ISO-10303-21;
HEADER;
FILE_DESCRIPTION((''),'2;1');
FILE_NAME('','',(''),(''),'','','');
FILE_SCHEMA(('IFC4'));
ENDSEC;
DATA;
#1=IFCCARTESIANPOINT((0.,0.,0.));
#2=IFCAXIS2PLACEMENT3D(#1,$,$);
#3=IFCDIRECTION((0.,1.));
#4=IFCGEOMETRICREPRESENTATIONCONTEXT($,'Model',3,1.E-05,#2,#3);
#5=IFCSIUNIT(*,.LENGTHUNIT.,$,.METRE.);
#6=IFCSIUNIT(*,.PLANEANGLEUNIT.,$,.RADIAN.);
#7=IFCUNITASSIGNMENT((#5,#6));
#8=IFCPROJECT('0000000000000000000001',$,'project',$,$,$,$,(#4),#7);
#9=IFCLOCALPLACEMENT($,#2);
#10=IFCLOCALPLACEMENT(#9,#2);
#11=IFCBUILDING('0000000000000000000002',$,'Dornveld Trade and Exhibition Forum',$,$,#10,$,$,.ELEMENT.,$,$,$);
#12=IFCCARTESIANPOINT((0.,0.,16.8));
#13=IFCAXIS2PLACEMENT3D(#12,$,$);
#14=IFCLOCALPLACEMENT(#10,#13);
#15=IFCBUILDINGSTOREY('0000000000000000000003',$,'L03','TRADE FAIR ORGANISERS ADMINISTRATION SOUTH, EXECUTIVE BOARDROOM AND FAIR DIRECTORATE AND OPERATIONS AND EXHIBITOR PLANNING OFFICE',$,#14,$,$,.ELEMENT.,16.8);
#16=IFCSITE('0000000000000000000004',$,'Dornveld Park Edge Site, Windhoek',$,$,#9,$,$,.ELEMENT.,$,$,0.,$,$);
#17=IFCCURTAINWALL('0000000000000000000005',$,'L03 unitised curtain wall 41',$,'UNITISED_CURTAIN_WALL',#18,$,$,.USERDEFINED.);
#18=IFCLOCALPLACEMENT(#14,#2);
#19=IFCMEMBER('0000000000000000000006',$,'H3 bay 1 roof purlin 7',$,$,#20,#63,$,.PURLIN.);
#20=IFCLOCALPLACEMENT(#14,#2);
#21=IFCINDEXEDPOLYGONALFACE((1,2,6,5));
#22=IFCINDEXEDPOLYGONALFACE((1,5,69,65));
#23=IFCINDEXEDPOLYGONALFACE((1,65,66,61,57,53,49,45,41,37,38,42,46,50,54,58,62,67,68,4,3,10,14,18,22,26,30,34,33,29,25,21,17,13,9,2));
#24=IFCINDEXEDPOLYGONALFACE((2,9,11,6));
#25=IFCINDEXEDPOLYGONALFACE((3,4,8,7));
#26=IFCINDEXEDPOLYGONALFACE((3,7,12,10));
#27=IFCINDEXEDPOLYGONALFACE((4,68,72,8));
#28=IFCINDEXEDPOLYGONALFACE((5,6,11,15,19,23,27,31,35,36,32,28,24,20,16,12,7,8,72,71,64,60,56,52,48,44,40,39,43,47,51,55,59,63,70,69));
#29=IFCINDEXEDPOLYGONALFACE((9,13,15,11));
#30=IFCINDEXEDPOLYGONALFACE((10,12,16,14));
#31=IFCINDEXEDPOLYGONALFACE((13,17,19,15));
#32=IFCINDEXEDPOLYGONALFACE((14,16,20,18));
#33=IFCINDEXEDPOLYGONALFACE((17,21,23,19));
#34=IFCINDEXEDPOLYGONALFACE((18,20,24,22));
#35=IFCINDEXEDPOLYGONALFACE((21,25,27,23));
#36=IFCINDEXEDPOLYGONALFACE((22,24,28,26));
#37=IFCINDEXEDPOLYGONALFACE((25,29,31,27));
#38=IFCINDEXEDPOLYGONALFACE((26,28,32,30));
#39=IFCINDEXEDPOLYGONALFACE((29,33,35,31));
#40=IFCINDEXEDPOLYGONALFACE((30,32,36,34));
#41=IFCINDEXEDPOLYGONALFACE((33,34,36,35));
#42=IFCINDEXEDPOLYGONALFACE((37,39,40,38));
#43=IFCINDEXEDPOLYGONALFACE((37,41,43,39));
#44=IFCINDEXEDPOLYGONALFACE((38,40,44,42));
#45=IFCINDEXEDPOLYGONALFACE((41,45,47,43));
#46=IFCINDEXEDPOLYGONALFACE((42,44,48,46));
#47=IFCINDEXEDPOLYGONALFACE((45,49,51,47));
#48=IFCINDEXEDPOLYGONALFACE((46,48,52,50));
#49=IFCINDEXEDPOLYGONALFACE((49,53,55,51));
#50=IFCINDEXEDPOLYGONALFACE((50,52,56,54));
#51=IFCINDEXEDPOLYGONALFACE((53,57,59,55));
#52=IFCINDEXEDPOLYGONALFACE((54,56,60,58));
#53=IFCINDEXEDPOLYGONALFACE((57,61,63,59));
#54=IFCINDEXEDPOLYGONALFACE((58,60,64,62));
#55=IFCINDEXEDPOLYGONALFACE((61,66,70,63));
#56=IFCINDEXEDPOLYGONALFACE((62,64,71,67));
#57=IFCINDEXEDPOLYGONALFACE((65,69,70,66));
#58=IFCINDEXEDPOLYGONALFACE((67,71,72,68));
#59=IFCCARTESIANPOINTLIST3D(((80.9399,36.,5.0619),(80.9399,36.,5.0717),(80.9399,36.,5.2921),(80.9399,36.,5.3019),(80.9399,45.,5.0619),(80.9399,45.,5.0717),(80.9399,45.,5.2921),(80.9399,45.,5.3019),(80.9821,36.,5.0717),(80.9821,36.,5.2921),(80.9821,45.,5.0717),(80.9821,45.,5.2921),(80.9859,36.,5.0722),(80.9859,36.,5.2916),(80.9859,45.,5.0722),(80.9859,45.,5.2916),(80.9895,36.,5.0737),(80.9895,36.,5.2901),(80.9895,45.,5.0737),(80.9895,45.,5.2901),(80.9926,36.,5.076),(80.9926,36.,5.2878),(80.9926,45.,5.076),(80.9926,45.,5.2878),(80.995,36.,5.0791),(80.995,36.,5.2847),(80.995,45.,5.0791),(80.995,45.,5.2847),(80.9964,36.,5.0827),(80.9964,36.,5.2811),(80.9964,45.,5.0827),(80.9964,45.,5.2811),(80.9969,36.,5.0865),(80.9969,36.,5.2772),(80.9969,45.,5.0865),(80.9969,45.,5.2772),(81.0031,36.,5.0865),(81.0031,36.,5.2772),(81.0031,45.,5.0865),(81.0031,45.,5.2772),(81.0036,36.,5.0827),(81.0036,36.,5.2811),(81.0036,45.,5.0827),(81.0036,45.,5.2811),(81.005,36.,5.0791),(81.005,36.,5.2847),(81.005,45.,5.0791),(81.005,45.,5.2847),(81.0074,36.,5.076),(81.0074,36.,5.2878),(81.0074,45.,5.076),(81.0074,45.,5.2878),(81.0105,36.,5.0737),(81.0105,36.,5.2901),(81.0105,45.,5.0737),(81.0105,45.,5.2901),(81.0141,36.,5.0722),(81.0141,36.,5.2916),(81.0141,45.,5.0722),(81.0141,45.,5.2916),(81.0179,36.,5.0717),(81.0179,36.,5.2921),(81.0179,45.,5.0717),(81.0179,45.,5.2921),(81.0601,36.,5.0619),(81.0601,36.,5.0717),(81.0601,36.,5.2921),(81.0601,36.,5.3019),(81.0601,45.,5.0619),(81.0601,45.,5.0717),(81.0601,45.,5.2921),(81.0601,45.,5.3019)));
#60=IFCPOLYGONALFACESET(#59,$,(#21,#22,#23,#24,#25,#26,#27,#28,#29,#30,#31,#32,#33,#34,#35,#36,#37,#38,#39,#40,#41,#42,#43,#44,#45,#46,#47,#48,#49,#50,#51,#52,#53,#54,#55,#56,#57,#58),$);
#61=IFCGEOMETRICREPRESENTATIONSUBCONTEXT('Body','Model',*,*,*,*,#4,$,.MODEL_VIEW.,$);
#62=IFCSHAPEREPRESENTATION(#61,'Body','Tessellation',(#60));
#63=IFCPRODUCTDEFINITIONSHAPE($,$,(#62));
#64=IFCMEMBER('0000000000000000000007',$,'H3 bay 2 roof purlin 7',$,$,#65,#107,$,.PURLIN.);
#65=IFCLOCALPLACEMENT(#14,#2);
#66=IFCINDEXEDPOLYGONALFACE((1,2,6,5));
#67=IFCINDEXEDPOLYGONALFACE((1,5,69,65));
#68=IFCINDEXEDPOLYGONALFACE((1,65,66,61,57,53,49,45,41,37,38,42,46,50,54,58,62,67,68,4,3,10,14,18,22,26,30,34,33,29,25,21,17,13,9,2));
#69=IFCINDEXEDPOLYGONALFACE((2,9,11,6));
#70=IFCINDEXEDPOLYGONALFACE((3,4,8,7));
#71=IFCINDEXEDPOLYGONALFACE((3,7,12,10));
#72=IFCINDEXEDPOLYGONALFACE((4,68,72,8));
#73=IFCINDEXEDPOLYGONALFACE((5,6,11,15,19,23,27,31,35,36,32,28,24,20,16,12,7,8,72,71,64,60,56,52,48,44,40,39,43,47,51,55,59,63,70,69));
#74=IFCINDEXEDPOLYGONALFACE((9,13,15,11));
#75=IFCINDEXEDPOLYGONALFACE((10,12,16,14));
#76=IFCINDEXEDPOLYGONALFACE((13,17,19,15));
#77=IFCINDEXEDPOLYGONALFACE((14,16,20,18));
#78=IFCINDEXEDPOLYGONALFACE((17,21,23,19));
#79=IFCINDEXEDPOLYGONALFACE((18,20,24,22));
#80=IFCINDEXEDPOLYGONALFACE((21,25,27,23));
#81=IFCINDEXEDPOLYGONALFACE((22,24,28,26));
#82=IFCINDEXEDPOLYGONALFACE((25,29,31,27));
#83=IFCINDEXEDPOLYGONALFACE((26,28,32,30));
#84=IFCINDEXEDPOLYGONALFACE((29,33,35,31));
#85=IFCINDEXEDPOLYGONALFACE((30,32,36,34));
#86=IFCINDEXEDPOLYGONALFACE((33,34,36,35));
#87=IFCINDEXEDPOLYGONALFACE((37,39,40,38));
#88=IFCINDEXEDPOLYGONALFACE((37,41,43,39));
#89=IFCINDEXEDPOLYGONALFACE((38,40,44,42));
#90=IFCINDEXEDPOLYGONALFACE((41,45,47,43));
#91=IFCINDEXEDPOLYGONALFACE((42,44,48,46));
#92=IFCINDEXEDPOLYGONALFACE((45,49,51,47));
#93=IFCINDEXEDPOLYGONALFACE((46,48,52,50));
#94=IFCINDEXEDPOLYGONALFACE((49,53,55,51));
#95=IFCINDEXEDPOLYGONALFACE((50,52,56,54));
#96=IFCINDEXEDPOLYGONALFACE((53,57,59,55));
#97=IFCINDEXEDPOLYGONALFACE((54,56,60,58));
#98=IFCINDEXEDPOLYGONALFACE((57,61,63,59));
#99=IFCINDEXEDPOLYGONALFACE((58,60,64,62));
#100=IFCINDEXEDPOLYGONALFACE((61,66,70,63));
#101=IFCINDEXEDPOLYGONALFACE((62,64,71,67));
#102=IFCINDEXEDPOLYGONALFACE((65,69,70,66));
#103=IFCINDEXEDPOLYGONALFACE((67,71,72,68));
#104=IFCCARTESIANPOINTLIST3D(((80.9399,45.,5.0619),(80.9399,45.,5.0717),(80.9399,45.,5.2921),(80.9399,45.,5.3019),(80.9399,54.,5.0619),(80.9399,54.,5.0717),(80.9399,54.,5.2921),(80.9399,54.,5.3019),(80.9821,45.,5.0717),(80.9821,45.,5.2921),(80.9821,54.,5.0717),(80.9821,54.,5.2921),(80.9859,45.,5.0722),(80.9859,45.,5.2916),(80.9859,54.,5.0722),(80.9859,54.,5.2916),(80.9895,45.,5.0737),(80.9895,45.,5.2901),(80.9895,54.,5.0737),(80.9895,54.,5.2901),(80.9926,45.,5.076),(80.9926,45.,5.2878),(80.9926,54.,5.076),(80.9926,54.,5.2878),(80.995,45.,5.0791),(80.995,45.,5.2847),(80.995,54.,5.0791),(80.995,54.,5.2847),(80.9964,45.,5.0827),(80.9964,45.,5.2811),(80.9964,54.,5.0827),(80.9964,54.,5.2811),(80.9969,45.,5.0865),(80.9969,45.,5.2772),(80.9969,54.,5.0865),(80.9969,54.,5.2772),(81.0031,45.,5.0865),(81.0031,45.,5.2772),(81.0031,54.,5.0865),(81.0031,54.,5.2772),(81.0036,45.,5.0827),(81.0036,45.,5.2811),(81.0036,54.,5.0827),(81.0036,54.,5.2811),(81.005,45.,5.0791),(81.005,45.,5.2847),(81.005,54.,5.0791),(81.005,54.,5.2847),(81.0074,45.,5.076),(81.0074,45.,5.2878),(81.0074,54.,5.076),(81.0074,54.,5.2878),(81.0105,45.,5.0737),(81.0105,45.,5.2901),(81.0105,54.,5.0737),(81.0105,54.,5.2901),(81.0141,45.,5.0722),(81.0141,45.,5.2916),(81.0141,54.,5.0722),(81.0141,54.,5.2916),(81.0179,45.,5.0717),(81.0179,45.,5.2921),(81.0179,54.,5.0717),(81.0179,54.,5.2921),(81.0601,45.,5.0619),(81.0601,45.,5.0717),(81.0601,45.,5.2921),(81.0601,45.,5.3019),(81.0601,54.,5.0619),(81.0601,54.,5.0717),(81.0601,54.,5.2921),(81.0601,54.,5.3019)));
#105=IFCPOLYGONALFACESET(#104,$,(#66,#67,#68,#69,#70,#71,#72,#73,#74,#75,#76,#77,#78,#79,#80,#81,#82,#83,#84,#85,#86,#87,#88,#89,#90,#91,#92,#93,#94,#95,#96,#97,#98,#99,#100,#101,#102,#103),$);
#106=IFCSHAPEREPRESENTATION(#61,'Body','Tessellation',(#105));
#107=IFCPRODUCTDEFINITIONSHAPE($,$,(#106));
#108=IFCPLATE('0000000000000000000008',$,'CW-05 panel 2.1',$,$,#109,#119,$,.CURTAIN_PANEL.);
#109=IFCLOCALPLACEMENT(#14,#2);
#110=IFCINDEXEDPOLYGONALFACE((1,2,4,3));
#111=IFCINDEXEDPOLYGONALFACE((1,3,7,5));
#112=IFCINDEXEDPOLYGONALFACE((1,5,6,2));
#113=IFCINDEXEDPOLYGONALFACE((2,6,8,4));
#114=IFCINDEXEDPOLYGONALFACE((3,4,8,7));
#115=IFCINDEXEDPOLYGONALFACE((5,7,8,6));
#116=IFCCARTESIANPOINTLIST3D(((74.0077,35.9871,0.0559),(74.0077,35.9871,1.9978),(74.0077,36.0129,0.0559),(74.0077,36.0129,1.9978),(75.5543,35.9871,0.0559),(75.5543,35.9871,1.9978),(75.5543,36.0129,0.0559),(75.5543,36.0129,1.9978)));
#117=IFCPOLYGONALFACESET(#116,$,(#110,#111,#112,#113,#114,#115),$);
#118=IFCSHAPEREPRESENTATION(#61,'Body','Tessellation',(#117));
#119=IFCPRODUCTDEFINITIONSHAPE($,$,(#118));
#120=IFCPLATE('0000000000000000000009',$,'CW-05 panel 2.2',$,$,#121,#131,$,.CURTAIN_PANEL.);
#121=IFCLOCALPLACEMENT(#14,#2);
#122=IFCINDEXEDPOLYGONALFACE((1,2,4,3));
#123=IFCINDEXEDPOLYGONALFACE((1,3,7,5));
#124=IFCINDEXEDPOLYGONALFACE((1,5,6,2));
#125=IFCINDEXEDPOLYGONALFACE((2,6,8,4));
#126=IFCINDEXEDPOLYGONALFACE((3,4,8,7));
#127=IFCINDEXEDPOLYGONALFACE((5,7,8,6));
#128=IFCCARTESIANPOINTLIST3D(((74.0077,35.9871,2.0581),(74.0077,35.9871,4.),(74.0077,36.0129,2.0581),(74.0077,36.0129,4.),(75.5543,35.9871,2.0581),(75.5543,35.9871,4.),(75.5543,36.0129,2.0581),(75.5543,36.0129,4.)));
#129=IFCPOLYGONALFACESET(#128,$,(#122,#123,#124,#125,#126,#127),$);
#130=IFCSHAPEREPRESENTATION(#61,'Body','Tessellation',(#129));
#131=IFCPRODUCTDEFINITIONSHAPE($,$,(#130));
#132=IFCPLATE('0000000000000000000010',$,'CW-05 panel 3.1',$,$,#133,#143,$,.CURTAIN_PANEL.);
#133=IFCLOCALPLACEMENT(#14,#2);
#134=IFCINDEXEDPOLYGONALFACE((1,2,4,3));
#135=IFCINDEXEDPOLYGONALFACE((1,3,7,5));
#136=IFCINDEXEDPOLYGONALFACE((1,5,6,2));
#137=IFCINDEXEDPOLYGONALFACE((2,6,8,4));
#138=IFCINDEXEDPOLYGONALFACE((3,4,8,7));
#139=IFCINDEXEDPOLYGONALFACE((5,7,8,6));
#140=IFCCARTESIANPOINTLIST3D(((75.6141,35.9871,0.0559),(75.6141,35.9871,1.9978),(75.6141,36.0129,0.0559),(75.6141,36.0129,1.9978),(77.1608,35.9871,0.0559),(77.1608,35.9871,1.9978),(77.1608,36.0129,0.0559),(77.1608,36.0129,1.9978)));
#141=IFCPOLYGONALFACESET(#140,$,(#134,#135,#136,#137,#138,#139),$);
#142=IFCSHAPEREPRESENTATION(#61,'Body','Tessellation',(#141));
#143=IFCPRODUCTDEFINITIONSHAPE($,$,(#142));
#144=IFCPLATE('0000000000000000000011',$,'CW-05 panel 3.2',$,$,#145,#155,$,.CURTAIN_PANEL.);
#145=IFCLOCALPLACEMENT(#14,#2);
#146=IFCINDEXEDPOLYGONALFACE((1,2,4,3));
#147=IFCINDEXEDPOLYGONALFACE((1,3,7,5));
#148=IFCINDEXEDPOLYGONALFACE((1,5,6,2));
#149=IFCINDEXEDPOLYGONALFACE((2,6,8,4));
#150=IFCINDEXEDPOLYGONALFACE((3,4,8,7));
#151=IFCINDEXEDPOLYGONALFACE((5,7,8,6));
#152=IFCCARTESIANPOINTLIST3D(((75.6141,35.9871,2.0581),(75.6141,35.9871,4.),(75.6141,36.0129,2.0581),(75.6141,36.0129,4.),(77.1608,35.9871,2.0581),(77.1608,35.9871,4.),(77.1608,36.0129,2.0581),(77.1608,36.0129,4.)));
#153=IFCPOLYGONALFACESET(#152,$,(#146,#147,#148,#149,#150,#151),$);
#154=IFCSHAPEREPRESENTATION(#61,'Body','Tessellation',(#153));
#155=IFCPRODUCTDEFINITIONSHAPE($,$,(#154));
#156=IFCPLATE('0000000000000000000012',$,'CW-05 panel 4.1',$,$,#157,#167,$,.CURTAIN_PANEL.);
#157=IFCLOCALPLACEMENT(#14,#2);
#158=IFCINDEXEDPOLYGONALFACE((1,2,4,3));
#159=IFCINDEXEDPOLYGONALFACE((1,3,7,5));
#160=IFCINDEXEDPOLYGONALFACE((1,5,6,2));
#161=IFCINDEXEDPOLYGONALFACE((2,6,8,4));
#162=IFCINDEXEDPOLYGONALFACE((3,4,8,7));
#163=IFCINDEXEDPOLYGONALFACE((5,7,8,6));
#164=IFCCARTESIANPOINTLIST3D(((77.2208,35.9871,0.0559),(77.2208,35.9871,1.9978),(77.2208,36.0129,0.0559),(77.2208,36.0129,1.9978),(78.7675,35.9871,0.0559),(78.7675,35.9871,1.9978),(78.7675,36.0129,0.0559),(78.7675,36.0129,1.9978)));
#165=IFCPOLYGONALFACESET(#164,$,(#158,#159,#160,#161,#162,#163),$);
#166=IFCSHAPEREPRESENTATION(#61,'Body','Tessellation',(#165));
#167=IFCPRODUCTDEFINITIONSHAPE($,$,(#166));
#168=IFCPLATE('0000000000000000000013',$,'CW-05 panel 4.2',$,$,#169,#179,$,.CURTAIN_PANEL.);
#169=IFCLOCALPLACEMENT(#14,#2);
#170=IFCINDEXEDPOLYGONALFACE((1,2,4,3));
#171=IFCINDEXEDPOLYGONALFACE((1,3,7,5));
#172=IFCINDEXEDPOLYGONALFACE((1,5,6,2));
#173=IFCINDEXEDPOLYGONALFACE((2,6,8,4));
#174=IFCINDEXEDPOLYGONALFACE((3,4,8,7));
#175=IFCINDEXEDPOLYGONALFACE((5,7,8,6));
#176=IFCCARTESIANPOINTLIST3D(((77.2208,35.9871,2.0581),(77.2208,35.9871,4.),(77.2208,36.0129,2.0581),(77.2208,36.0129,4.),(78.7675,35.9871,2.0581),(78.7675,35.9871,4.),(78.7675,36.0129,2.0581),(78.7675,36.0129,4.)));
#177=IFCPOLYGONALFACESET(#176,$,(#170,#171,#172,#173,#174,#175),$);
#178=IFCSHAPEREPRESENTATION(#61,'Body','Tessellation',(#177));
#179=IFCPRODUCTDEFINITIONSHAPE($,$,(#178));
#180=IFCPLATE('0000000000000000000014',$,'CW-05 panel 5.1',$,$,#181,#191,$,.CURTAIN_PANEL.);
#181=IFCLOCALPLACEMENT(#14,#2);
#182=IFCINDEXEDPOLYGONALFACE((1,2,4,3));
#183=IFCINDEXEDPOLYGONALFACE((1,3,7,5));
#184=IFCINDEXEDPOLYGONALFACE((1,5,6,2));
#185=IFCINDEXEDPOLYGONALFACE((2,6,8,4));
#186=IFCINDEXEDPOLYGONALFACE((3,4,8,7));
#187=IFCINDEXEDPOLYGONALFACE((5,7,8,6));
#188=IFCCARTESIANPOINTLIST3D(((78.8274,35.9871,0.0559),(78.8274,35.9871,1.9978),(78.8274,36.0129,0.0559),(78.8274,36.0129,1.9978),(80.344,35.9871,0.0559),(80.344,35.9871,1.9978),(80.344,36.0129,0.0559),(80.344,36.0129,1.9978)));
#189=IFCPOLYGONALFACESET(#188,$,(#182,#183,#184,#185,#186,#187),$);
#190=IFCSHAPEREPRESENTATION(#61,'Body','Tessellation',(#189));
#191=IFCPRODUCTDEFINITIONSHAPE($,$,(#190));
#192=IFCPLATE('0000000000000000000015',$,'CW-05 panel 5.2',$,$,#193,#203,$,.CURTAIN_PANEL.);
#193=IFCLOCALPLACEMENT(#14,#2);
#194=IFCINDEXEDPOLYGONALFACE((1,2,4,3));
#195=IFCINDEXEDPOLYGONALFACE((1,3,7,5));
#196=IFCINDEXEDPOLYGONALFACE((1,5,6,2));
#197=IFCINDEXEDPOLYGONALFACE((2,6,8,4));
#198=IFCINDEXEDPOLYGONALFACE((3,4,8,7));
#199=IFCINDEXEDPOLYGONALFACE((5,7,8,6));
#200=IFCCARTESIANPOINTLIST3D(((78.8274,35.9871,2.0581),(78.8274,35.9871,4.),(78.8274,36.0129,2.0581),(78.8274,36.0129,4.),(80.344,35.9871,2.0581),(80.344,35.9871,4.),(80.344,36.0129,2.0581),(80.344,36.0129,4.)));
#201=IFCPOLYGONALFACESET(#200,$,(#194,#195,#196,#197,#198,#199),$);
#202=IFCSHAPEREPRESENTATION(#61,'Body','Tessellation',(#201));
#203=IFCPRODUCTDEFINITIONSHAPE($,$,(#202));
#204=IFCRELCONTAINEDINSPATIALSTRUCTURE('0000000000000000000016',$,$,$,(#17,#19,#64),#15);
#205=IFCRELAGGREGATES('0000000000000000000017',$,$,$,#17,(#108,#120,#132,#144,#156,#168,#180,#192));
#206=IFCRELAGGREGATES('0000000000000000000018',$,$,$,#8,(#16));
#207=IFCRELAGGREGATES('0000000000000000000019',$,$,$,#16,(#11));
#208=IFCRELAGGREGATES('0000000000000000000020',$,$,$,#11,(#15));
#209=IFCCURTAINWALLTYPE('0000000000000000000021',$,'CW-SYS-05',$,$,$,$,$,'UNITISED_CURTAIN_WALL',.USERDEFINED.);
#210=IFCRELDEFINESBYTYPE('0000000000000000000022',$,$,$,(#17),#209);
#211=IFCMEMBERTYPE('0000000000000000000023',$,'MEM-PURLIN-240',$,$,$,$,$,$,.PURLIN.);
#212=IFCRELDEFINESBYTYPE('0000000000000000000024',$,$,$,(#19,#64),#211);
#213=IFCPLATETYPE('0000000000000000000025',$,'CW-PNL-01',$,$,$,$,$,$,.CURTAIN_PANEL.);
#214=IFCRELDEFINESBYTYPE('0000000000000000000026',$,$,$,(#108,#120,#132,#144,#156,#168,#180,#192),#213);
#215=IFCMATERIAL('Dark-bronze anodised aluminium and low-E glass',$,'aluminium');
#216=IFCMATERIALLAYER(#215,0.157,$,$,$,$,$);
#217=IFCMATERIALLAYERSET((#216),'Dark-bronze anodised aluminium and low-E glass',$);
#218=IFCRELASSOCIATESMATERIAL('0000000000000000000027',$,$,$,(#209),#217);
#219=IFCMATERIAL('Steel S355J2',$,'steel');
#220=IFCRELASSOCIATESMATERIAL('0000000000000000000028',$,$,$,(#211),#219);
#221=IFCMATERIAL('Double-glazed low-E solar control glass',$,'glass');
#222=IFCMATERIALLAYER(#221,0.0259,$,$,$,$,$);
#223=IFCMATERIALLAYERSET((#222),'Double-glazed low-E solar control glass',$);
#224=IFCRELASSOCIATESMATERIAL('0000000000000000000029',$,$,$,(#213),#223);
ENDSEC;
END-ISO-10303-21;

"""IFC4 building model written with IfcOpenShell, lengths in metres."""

from ifc_helpers import new_model, si_unit, direction, frame, origin, origin_2d, place, context, subcontext, project, spatial, rectangle, i_section, extrude, material, layer, layer_set, material_profile, profile_set, type_object, element, aggregate, save


model = new_model("IFC4")

# Units and contexts
model_context = context("Model", 3, precision=1e-05, world=origin(), true_north=direction((0.0, 1.0)))
body_context = subcontext(model_context, "Body", "Model", "MODEL_VIEW")
ifc_project = project(units=[si_unit("LENGTHUNIT", "METRE"), si_unit("PLANEANGLEUNIT", "RADIAN")], contexts=[model_context])

# Site, building, storey
site_placement = place(None, origin())
site = spatial("IfcSite", under=ifc_project, at=site_placement, Name="Dornveld Park Edge Site, Windhoek", CompositionType="ELEMENT", RefElevation=0.0)
building_placement = place(site_placement, origin())
building = spatial("IfcBuilding", under=site, at=building_placement, Name="Dornveld Trade and Exhibition Forum", CompositionType="ELEMENT")
storey_placement = place(building_placement, frame((0.0, 0.0, 16.8)))
storey = spatial("IfcBuildingStorey", under=building, at=storey_placement, Name="L03", Description="TRADE FAIR ORGANISERS ADMINISTRATION SOUTH, EXECUTIVE BOARDROOM AND FAIR DIRECTORATE AND OPERATIONS AND EXHIBITOR PLANNING OFFICE", CompositionType="ELEMENT", Elevation=16.8)

# Curtain wall
ifc_material_1 = material(Name="Dark-bronze anodised aluminium and low-E glass", Category="aluminium")
ifc_layer_1 = layer(ifc_material_1, 0.157)
ifc_layer_set_1 = layer_set([ifc_layer_1], Name="Dark-bronze anodised aluminium and low-E glass")
curtain_wall_type = type_object("IfcCurtainWallType", Name="CW-SYS-05", ElementType="UNITISED_CURTAIN_WALL", PredefinedType="USERDEFINED", material=ifc_layer_set_1)
curtain_wall_placement = place(storey_placement, origin())
curtain_wall = element("IfcCurtainWall", 1, at=curtain_wall_placement, inside=storey, type_object=curtain_wall_type, Name="L03 unitised curtain wall 41", ObjectType="UNITISED_CURTAIN_WALL", PredefinedType="USERDEFINED")

# Members
ifc_material_2 = material(Name="Steel S355J2", Category="steel")
ifc_material_profile_1 = material_profile(ifc_material_2, i_section(OverallWidth=0.1201, OverallDepth=0.24, WebThickness=0.0061, FlangeThickness=0.0098, FilletRadius=0.0149, at=origin_2d()), Name="IPE 240")
ifc_profile_set_1 = profile_set([ifc_material_profile_1], Name="Steel S355J2")
member_type_1 = type_object("IfcMemberType", Name="MEM-PURLIN-240", PredefinedType="PURLIN", material=ifc_profile_set_1)
for number, where, z_axis, x_axis, name in (
    (2, (81.0, 36.0, 5.1819), (0.0, 1.0, 0.0), (-1.0, 0.0, 0.0), "H3 bay 1 roof purlin 7"),
    (3, (81.0, 45.0, 5.1819), (0.0, 1.0, 0.0), (-1.0, 0.0, 0.0), "H3 bay 2 roof purlin 7"),
):
    element("IfcMember", number, at=place(storey_placement, frame(where, z_axis=z_axis, x_axis=x_axis)), inside=storey, type_object=member_type_1, Name=name, PredefinedType="PURLIN", context=body_context, shape_type="SweptSolid", body=[
        extrude(i_section(OverallWidth=0.1201, OverallDepth=0.24, WebThickness=0.0061, FlangeThickness=0.0098, FilletRadius=0.0149, at=origin_2d()), origin(), (0.0, 0.0, 1.0), 9.0),
    ])

# Plates
ifc_material_3 = material(Name="Double-glazed low-E solar control glass", Category="glass")
ifc_layer_2 = layer(ifc_material_3, 0.0259)
ifc_layer_set_2 = layer_set([ifc_layer_2], Name="Double-glazed low-E solar control glass")
plate_type_1 = type_object("IfcPlateType", Name="CW-PNL-01", PredefinedType="CURTAIN_PANEL", material=ifc_layer_set_2)
plate_1_placement = place(storey_placement, frame((74.781, 36.0, 0.0559), z_axis=(0.0, 0.0, 1.0), x_axis=(1.0, 0.0, 0.0)))
plate_1 = element("IfcPlate", 4, at=plate_1_placement, type_object=plate_type_1, Name="CW-05 panel 2.1", PredefinedType="CURTAIN_PANEL", context=body_context, shape_type="SweptSolid", body=[
    extrude(rectangle(XDim=1.5466, YDim=0.0259, at=origin_2d()), origin(), (0.0, 0.0, 1.0), 1.9419),
])
plate_2_placement = place(storey_placement, frame((74.781, 36.0, 2.0581), z_axis=(0.0, 0.0, 1.0), x_axis=(1.0, 0.0, 0.0)))
plate_2 = element("IfcPlate", 5, at=plate_2_placement, type_object=plate_type_1, Name="CW-05 panel 2.2", PredefinedType="CURTAIN_PANEL", context=body_context, shape_type="SweptSolid", body=[
    extrude(rectangle(XDim=1.5466, YDim=0.0259, at=origin_2d()), origin(), (0.0, 0.0, 1.0), 1.9419),
])
plate_3_placement = place(storey_placement, frame((76.3875, 36.0, 0.0559), z_axis=(0.0, 0.0, 1.0), x_axis=(1.0, 0.0, 0.0)))
plate_3 = element("IfcPlate", 6, at=plate_3_placement, type_object=plate_type_1, Name="CW-05 panel 3.1", PredefinedType="CURTAIN_PANEL", context=body_context, shape_type="SweptSolid", body=[
    extrude(rectangle(XDim=1.5466, YDim=0.0259, at=origin_2d()), origin(), (0.0, 0.0, 1.0), 1.9419),
])
plate_4_placement = place(storey_placement, frame((76.3875, 36.0, 2.0581), z_axis=(0.0, 0.0, 1.0), x_axis=(1.0, 0.0, 0.0)))
plate_4 = element("IfcPlate", 7, at=plate_4_placement, type_object=plate_type_1, Name="CW-05 panel 3.2", PredefinedType="CURTAIN_PANEL", context=body_context, shape_type="SweptSolid", body=[
    extrude(rectangle(XDim=1.5466, YDim=0.0259, at=origin_2d()), origin(), (0.0, 0.0, 1.0), 1.9419),
])
plate_5_placement = place(storey_placement, frame((77.9941, 36.0, 0.0559), z_axis=(0.0, 0.0, 1.0), x_axis=(1.0, 0.0, 0.0)))
plate_5 = element("IfcPlate", 8, at=plate_5_placement, type_object=plate_type_1, Name="CW-05 panel 4.1", PredefinedType="CURTAIN_PANEL", context=body_context, shape_type="SweptSolid", body=[
    extrude(rectangle(XDim=1.5466, YDim=0.0259, at=origin_2d()), origin(), (0.0, 0.0, 1.0), 1.9419),
])
plate_6_placement = place(storey_placement, frame((77.9941, 36.0, 2.0581), z_axis=(0.0, 0.0, 1.0), x_axis=(1.0, 0.0, 0.0)))
plate_6 = element("IfcPlate", 9, at=plate_6_placement, type_object=plate_type_1, Name="CW-05 panel 4.2", PredefinedType="CURTAIN_PANEL", context=body_context, shape_type="SweptSolid", body=[
    extrude(rectangle(XDim=1.5466, YDim=0.0259, at=origin_2d()), origin(), (0.0, 0.0, 1.0), 1.9419),
])
plate_7_placement = place(storey_placement, frame((79.5857, 36.0, 0.0559), z_axis=(0.0, 0.0, 1.0), x_axis=(1.0, 0.0, 0.0)))
plate_7 = element("IfcPlate", 10, at=plate_7_placement, type_object=plate_type_1, Name="CW-05 panel 5.1", PredefinedType="CURTAIN_PANEL", context=body_context, shape_type="SweptSolid", body=[
    extrude(rectangle(XDim=1.5166, YDim=0.0259, at=origin_2d()), origin(), (0.0, 0.0, 1.0), 1.9419),
])
plate_8_placement = place(storey_placement, frame((79.5857, 36.0, 2.0581), z_axis=(0.0, 0.0, 1.0), x_axis=(1.0, 0.0, 0.0)))
plate_8 = element("IfcPlate", 11, at=plate_8_placement, type_object=plate_type_1, Name="CW-05 panel 5.2", PredefinedType="CURTAIN_PANEL", context=body_context, shape_type="SweptSolid", body=[
    extrude(rectangle(XDim=1.5166, YDim=0.0259, at=origin_2d()), origin(), (0.0, 0.0, 1.0), 1.9419),
])
aggregate(curtain_wall, [plate_1, plate_2, plate_3, plate_4, plate_5, plate_6, plate_7, plate_8])

save(model, "model.ifc")
